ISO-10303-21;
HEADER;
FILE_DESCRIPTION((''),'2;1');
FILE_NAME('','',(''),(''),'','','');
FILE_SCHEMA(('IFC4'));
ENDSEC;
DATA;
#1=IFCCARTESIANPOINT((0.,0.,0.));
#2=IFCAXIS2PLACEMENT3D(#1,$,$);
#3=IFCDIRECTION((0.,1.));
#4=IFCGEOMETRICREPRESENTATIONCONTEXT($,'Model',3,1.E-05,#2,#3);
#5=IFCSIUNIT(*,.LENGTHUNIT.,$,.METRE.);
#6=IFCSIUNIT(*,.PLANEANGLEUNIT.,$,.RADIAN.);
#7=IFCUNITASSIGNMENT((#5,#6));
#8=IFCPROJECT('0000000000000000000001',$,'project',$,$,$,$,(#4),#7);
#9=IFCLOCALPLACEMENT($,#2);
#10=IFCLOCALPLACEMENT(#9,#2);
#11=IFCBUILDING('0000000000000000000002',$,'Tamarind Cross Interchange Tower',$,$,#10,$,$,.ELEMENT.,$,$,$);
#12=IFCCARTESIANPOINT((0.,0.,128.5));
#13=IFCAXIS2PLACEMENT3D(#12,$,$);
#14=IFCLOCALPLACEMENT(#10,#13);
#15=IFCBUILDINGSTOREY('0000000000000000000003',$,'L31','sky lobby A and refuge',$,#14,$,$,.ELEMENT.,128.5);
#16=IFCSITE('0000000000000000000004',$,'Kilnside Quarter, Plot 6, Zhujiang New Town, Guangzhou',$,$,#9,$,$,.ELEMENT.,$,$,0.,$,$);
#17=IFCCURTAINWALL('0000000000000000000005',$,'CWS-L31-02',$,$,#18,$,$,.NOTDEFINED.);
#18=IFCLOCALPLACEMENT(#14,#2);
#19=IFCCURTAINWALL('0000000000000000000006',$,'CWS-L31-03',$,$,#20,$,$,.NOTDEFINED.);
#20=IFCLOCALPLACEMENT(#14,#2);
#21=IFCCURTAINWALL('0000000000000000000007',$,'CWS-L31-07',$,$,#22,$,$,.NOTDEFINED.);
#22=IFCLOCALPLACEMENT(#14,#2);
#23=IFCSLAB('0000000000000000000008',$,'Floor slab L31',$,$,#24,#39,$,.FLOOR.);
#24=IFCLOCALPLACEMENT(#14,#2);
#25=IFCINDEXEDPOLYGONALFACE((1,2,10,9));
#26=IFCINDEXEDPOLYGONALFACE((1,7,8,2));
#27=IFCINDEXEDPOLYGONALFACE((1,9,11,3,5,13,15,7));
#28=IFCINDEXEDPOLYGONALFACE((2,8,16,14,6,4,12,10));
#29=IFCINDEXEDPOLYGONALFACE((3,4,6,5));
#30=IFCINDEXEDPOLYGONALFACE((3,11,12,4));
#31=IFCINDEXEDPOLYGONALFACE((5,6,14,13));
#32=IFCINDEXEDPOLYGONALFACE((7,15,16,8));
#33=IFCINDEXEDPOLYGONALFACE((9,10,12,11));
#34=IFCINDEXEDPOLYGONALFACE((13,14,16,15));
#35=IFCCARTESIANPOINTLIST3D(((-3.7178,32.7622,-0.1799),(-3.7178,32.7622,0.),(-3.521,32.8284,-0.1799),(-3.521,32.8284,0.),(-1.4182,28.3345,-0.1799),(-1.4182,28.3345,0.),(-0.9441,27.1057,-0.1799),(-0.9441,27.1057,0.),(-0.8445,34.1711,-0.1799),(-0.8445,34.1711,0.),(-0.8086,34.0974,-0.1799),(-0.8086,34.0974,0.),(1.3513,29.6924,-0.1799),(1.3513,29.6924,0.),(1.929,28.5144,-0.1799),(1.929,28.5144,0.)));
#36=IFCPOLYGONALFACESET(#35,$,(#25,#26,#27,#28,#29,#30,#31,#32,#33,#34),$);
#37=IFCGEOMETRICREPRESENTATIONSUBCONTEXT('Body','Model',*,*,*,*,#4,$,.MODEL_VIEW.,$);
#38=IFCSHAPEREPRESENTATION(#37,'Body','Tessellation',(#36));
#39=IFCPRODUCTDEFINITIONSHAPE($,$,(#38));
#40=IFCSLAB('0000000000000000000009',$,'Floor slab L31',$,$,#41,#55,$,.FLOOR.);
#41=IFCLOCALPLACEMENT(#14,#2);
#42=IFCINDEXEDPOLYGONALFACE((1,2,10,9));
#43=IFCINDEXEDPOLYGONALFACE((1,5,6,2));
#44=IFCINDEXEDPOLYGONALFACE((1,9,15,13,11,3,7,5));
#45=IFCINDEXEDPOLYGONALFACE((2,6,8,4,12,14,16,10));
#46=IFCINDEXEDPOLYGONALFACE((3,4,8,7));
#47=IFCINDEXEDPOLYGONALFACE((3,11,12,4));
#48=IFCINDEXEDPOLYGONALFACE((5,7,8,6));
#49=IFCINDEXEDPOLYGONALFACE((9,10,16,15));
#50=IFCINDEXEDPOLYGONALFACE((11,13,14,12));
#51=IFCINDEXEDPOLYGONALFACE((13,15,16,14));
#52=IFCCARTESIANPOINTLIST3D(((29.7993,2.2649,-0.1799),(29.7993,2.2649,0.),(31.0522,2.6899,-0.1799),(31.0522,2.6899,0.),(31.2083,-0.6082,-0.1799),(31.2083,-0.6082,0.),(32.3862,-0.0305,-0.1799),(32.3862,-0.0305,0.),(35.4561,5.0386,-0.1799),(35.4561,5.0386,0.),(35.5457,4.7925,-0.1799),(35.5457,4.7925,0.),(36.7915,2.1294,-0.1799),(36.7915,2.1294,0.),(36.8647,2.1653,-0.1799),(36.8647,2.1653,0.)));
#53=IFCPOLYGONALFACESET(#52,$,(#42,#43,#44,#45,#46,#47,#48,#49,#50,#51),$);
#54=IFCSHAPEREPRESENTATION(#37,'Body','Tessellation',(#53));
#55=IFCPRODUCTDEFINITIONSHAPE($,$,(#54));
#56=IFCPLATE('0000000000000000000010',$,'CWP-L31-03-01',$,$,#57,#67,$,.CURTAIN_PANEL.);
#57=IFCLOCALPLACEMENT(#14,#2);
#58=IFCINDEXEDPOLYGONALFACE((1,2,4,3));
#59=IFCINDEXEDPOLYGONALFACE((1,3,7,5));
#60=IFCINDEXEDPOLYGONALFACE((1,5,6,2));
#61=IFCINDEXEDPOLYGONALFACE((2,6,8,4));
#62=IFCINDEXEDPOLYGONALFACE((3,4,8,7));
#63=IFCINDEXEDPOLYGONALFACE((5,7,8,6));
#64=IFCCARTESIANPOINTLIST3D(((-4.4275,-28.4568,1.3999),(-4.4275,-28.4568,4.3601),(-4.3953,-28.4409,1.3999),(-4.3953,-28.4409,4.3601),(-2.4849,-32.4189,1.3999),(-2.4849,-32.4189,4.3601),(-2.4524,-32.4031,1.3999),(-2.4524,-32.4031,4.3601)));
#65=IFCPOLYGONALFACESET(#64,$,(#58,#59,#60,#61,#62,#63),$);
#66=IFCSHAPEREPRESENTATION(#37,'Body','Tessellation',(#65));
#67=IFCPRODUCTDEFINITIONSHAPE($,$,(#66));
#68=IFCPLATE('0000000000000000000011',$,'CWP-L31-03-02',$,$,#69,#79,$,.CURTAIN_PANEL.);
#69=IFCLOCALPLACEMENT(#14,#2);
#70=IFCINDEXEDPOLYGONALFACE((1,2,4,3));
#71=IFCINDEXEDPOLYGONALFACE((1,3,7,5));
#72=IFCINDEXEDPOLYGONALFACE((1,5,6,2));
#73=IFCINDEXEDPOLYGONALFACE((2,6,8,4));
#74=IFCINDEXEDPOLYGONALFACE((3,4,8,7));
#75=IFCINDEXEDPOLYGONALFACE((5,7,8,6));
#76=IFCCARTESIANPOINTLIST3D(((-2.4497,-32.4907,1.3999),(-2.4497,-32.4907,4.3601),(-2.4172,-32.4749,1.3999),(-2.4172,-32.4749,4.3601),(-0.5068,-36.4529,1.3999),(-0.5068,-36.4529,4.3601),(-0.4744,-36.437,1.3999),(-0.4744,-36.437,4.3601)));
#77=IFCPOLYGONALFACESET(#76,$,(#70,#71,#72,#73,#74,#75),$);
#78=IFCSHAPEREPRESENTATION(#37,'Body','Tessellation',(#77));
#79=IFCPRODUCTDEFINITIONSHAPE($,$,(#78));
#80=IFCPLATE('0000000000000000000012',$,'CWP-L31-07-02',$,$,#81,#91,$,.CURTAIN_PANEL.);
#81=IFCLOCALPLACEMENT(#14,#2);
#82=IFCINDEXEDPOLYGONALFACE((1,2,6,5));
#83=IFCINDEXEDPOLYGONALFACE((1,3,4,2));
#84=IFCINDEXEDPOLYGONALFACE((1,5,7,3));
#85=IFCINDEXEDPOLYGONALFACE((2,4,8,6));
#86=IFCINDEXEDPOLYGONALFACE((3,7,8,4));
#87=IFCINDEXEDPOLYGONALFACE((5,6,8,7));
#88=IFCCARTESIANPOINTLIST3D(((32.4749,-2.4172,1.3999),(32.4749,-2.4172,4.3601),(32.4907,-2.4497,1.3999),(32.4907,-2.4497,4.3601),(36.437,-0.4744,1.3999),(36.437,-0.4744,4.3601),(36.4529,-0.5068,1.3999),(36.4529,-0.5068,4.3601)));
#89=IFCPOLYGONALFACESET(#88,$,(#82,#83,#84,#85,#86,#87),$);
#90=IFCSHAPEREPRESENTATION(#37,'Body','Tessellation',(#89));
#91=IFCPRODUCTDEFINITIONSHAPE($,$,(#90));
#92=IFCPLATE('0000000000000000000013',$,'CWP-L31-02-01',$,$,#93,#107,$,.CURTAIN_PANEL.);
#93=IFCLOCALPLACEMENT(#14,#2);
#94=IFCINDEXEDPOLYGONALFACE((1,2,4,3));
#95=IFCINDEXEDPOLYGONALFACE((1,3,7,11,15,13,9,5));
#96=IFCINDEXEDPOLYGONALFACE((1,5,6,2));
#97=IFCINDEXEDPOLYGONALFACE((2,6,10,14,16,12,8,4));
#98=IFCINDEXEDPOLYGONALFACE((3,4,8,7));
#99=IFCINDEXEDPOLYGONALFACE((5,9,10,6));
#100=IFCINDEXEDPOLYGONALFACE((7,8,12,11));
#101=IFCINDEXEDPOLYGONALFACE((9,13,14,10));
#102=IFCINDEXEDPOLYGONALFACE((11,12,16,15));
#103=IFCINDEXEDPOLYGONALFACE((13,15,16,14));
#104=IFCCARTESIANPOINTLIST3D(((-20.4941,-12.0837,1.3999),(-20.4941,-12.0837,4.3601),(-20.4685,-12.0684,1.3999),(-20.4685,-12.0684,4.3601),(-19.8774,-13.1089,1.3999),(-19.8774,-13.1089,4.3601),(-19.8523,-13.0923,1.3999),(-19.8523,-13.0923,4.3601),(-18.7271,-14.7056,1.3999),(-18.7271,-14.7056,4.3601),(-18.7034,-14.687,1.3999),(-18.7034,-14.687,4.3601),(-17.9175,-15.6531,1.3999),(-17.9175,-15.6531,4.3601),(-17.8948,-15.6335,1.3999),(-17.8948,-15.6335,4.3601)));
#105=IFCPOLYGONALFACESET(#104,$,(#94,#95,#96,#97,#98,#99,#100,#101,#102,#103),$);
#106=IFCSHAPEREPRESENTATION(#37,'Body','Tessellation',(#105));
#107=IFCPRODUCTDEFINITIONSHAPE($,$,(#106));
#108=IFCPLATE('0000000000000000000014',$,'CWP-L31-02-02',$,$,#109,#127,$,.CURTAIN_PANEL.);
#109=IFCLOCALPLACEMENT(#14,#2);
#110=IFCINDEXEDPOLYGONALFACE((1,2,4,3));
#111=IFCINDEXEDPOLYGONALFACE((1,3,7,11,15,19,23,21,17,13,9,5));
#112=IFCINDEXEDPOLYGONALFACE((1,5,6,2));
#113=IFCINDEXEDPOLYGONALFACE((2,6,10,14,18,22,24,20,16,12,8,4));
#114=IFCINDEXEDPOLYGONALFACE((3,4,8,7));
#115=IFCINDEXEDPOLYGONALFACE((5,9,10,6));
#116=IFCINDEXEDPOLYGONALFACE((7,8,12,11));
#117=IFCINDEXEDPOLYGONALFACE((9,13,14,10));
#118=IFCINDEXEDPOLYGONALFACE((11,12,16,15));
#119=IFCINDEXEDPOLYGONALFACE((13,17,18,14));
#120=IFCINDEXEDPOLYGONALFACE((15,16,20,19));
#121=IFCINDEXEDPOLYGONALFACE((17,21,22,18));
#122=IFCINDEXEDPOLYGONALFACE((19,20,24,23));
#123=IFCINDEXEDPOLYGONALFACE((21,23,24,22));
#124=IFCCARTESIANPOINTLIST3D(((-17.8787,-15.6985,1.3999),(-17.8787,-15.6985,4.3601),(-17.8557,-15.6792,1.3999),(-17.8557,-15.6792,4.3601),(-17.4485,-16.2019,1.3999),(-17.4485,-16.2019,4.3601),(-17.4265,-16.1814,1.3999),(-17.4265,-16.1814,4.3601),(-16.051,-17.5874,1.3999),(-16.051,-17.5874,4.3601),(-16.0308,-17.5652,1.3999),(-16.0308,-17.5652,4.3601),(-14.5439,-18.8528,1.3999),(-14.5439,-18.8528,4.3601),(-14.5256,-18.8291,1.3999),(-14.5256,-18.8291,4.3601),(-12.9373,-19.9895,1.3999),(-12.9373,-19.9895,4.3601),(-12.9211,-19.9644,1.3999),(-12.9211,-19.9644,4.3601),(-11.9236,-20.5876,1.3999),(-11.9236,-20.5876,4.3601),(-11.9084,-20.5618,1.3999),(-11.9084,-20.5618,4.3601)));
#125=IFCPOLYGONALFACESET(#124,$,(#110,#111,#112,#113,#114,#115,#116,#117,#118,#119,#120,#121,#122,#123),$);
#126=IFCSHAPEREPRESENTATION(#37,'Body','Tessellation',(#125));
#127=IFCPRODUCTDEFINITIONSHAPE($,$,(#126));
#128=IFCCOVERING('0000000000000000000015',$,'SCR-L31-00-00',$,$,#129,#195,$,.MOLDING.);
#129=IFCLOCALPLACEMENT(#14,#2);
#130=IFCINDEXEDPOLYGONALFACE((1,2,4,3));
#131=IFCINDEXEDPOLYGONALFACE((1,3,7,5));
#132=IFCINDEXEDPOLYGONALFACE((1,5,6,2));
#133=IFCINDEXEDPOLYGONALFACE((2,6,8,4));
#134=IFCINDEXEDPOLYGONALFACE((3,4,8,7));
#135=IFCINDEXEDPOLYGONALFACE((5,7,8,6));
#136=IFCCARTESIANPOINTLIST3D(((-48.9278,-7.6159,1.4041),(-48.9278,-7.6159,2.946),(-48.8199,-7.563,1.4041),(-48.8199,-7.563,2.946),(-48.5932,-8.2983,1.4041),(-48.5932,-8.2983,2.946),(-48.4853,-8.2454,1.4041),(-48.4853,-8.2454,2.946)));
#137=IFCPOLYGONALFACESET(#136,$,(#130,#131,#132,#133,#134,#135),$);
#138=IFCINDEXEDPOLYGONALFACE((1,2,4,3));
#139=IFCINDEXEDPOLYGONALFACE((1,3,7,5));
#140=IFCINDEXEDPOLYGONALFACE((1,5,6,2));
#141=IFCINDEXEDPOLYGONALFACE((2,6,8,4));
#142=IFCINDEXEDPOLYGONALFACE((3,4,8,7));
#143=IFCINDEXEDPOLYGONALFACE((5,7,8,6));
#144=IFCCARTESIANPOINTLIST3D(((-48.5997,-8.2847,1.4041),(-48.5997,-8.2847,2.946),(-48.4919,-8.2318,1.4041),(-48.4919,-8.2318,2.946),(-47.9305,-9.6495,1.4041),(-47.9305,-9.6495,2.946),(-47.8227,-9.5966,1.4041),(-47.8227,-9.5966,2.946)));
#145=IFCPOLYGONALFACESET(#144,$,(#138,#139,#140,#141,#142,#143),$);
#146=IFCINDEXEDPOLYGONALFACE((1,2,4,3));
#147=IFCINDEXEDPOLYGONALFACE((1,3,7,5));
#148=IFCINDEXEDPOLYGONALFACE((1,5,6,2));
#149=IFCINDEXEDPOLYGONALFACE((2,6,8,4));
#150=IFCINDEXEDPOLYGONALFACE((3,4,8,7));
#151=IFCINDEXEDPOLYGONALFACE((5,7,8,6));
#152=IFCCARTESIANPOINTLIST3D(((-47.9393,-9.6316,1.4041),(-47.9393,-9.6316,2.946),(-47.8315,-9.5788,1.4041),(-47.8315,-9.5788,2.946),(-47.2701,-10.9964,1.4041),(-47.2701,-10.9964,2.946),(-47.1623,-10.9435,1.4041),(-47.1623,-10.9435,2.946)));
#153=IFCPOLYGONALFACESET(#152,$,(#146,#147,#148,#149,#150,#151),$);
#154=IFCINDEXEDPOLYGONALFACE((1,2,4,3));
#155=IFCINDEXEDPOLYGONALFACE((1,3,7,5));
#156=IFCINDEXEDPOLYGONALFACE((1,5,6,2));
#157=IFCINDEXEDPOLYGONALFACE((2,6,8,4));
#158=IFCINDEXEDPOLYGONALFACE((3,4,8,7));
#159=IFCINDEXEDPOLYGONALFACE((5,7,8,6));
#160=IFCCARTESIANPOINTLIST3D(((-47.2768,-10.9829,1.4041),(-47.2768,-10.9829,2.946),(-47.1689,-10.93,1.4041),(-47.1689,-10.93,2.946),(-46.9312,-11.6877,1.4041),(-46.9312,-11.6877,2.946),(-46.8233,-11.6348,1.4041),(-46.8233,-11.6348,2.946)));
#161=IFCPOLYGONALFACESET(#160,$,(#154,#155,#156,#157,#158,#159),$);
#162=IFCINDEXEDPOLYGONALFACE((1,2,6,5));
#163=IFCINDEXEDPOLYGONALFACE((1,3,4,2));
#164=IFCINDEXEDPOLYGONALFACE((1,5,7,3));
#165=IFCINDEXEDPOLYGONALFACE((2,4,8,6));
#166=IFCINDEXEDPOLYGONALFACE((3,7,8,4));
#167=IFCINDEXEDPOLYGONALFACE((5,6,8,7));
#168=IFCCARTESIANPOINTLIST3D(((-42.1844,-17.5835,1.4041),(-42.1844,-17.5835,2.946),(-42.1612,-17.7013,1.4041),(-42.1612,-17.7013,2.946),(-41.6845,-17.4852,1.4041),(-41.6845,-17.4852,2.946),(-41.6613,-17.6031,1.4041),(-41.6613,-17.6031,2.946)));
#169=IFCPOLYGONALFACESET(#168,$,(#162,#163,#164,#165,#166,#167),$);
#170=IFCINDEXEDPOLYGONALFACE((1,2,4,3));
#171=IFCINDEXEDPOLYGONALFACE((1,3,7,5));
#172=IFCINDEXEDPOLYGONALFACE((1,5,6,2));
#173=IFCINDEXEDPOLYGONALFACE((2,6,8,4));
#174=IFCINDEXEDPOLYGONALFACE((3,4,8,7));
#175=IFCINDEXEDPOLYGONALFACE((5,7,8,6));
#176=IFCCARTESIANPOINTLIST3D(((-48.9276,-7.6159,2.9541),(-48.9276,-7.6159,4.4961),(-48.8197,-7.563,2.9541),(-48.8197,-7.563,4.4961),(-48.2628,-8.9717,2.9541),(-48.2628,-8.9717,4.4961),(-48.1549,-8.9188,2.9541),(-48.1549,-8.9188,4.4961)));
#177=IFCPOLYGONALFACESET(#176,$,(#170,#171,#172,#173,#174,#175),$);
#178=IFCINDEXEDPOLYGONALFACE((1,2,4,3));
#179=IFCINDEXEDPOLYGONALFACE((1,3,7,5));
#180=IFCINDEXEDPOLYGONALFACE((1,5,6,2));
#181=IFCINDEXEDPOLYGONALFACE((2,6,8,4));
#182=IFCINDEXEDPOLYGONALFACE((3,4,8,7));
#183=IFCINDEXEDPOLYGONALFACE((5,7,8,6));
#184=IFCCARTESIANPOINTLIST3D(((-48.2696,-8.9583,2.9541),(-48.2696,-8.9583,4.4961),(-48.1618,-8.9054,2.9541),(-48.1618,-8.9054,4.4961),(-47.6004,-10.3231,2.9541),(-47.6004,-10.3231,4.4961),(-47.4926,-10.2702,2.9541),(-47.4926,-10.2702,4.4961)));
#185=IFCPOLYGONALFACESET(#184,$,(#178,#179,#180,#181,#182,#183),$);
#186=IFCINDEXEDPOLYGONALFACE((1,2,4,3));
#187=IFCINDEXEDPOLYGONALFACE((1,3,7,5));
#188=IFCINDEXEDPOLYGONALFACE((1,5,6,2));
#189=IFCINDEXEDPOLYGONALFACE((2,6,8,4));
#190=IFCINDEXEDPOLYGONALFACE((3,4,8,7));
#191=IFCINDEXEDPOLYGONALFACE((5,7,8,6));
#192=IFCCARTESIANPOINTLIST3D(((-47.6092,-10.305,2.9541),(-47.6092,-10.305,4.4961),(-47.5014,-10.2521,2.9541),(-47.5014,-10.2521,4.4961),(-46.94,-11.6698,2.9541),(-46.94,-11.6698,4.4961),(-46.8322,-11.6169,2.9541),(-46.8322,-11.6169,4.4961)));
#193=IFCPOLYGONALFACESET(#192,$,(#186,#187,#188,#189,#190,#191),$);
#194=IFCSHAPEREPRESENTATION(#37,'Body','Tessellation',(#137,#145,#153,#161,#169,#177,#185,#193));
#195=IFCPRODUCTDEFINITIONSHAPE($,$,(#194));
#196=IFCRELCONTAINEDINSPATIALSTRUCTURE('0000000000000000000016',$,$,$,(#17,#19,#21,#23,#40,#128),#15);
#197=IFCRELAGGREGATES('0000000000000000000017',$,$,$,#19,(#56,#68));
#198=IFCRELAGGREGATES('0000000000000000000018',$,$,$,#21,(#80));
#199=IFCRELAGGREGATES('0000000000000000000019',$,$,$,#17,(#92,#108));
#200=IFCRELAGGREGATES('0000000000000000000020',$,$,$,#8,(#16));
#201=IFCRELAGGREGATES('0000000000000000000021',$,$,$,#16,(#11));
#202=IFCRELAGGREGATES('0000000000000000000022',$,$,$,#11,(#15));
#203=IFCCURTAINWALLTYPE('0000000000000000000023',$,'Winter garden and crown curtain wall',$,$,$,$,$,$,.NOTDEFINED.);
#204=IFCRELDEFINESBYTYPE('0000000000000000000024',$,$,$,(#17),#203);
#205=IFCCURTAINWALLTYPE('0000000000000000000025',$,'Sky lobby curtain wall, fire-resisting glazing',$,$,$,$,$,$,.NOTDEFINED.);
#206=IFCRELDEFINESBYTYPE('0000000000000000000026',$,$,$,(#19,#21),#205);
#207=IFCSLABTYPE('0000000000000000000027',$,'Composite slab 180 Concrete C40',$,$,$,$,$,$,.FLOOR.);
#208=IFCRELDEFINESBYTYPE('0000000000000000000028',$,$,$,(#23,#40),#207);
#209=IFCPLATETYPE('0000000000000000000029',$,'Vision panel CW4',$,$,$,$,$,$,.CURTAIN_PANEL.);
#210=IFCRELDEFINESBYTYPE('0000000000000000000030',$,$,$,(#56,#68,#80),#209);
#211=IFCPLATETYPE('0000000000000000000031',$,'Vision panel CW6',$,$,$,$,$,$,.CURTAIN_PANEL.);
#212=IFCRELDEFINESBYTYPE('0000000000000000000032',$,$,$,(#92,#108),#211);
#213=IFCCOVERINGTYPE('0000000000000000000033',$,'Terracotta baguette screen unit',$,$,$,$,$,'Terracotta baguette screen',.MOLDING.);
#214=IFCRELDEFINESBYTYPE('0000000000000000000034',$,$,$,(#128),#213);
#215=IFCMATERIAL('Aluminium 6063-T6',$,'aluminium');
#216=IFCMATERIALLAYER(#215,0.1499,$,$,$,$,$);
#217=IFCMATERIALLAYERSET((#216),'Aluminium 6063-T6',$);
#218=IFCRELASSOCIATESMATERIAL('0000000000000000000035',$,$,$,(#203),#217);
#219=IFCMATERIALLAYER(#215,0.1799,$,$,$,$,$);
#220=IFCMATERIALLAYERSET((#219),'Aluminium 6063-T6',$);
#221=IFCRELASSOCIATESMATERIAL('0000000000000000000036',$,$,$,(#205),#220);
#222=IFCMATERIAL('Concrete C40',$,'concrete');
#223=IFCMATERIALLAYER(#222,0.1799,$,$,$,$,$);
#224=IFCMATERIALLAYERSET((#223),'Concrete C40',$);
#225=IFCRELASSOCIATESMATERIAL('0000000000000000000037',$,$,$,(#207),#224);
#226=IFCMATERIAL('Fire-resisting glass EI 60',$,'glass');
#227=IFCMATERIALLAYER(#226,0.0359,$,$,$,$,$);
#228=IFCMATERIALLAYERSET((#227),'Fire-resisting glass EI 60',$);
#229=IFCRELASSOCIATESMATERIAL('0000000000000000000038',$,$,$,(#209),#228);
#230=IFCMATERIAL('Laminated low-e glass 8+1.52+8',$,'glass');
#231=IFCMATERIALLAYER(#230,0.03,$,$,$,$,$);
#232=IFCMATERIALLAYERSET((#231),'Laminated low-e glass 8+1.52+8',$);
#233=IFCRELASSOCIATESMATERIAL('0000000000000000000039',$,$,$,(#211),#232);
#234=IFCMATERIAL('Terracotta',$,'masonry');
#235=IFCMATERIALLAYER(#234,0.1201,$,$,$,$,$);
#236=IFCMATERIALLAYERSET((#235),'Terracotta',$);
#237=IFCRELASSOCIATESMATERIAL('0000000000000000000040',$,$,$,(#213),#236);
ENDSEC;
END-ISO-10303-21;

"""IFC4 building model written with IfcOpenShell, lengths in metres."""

from ifc_helpers import new_model, si_unit, direction, frame, origin, origin_2d, place, context, subcontext, project, spatial, polyline, rectangle, outline, extrude, material, layer, layer_set, type_object, element, aggregate, save


model = new_model("IFC4")

# Units and contexts
model_context = context("Model", 3, precision=1e-05, world=origin(), true_north=direction((0.0, 1.0)))
body_context = subcontext(model_context, "Body", "Model", "MODEL_VIEW")
ifc_project = project(units=[si_unit("LENGTHUNIT", "METRE"), si_unit("PLANEANGLEUNIT", "RADIAN")], contexts=[model_context])

# Site, building, storey
site_placement = place(None, origin())
site = spatial("IfcSite", under=ifc_project, at=site_placement, Name="Kilnside Quarter, Plot 6, Zhujiang New Town, Guangzhou", CompositionType="ELEMENT", RefElevation=0.0)
building_placement = place(site_placement, origin())
building = spatial("IfcBuilding", under=site, at=building_placement, Name="Tamarind Cross Interchange Tower", CompositionType="ELEMENT")
storey_placement = place(building_placement, frame((0.0, 0.0, 128.5)))
storey = spatial("IfcBuildingStorey", under=building, at=storey_placement, Name="L31", Description="sky lobby A and refuge", CompositionType="ELEMENT", Elevation=128.5)

# Curtain walls
ifc_material_1 = material(Name="Aluminium 6063-T6", Category="aluminium")
ifc_layer_1 = layer(ifc_material_1, 0.1499)
ifc_layer_set_1 = layer_set([ifc_layer_1], Name="Aluminium 6063-T6")
curtain_wall_type_1 = type_object("IfcCurtainWallType", Name="Winter garden and crown curtain wall", PredefinedType="NOTDEFINED", material=ifc_layer_set_1)
curtain_wall_1_placement = place(storey_placement, origin())
curtain_wall_1 = element("IfcCurtainWall", 1, at=curtain_wall_1_placement, inside=storey, type_object=curtain_wall_type_1, Name="CWS-L31-02", PredefinedType="NOTDEFINED")
ifc_layer_2 = layer(ifc_material_1, 0.1799)
ifc_layer_set_2 = layer_set([ifc_layer_2], Name="Aluminium 6063-T6")
curtain_wall_type_2 = type_object("IfcCurtainWallType", Name="Sky lobby curtain wall, fire-resisting glazing", PredefinedType="NOTDEFINED", material=ifc_layer_set_2)
curtain_wall_2_placement = place(storey_placement, origin())
curtain_wall_2 = element("IfcCurtainWall", 2, at=curtain_wall_2_placement, inside=storey, type_object=curtain_wall_type_2, Name="CWS-L31-03", PredefinedType="NOTDEFINED")
curtain_wall_3_placement = place(storey_placement, origin())
curtain_wall_3 = element("IfcCurtainWall", 3, at=curtain_wall_3_placement, inside=storey, type_object=curtain_wall_type_2, Name="CWS-L31-07", PredefinedType="NOTDEFINED")

# Slabs
ifc_material_2 = material(Name="Concrete C40", Category="concrete")
ifc_layer_3 = layer(ifc_material_2, 0.1799)
ifc_layer_set_3 = layer_set([ifc_layer_3], Name="Concrete C40")
slab_type = type_object("IfcSlabType", Name="Composite slab 180 Concrete C40", PredefinedType="FLOOR", material=ifc_layer_set_3)
slab_1_placement = place(storey_placement, frame((0.0, 0.0, -0.1799)))
element("IfcSlab", 4, at=slab_1_placement, inside=storey, type_object=slab_type, Name="Floor slab L31", PredefinedType="FLOOR", context=body_context, shape_type="SweptSolid", body=[
    extrude(outline(polyline([(-3.521, 32.8284), (-0.8086, 34.0974), (-0.8445, 34.1711), (-3.7178, 32.7622), (-0.9441, 27.1057), (1.929, 28.5144), (1.3513, 29.6924), (-1.4182, 28.3345), (-3.521, 32.8284)])), origin(), (0.0, 0.0, 1.0), 0.1799),
])
slab_2_placement = place(storey_placement, frame((0.0, 0.0, -0.1799)))
element("IfcSlab", 5, at=slab_2_placement, inside=storey, type_object=slab_type, Name="Floor slab L31", PredefinedType="FLOOR", context=body_context, shape_type="SweptSolid", body=[
    extrude(outline(polyline([(36.8647, 2.1653), (35.4561, 5.0386), (29.7993, 2.2649), (31.2083, -0.6082), (32.3862, -0.0305), (31.0522, 2.6899), (35.5457, 4.7925), (36.7915, 2.1294), (36.8647, 2.1653)])), origin(), (0.0, 0.0, 1.0), 0.1799),
])

# Plates
ifc_material_3 = material(Name="Fire-resisting glass EI 60", Category="glass")
ifc_layer_4 = layer(ifc_material_3, 0.0359)
ifc_layer_set_4 = layer_set([ifc_layer_4], Name="Fire-resisting glass EI 60")
plate_type_1 = type_object("IfcPlateType", Name="Vision panel CW4", PredefinedType="CURTAIN_PANEL", material=ifc_layer_set_4)
plate_1_placement = place(storey_placement, frame((0.0, 0.0, 1.3999)))
plate_1 = element("IfcPlate", 6, at=plate_1_placement, type_object=plate_type_1, Name="CWP-L31-03-01", PredefinedType="CURTAIN_PANEL", context=body_context, shape_type="SweptSolid", body=[
    extrude(outline(polyline([(-4.3953, -28.4409), (-2.4524, -32.4031), (-2.4849, -32.4189), (-4.4275, -28.4568), (-4.3953, -28.4409)])), origin(), (0.0, 0.0, 1.0), 2.9602),
])
plate_2_placement = place(storey_placement, frame((0.0, 0.0, 1.3999)))
plate_2 = element("IfcPlate", 7, at=plate_2_placement, type_object=plate_type_1, Name="CWP-L31-03-02", PredefinedType="CURTAIN_PANEL", context=body_context, shape_type="SweptSolid", body=[
    extrude(outline(polyline([(-2.4172, -32.4749), (-0.4744, -36.437), (-0.5068, -36.4529), (-2.4497, -32.4907), (-2.4172, -32.4749)])), origin(), (0.0, 0.0, 1.0), 2.9602),
])
aggregate(curtain_wall_2, [plate_1, plate_2])
plate_3_placement = place(storey_placement, frame((0.0, 0.0, 1.3999)))
plate_3 = element("IfcPlate", 8, at=plate_3_placement, type_object=plate_type_1, Name="CWP-L31-07-02", PredefinedType="CURTAIN_PANEL", context=body_context, shape_type="SweptSolid", body=[
    extrude(outline(polyline([(32.4749, -2.4172), (36.437, -0.4744), (36.4529, -0.5068), (32.4907, -2.4497), (32.4749, -2.4172)])), origin(), (0.0, 0.0, 1.0), 2.9602),
])
aggregate(curtain_wall_3, [plate_3])
ifc_material_4 = material(Name="Laminated low-e glass 8+1.52+8", Category="glass")
ifc_layer_5 = layer(ifc_material_4, 0.03)
ifc_layer_set_5 = layer_set([ifc_layer_5], Name="Laminated low-e glass 8+1.52+8")
plate_type_2 = type_object("IfcPlateType", Name="Vision panel CW6", PredefinedType="CURTAIN_PANEL", material=ifc_layer_set_5)
plate_4_placement = place(storey_placement, frame((0.0, 0.0, 1.3999)))
plate_4 = element("IfcPlate", 9, at=plate_4_placement, type_object=plate_type_2, Name="CWP-L31-02-01", PredefinedType="CURTAIN_PANEL", context=body_context, shape_type="SweptSolid", body=[
    extrude(outline(polyline([(-20.4685, -12.0684), (-19.8523, -13.0923), (-18.7034, -14.687), (-17.8948, -15.6335), (-17.9175, -15.6531), (-18.7271, -14.7056), (-19.8774, -13.1089), (-20.4941, -12.0837), (-20.4685, -12.0684)])), origin(), (0.0, 0.0, 1.0), 2.9602),
])
plate_5_placement = place(storey_placement, frame((0.0, 0.0, 1.3999)))
plate_5 = element("IfcPlate", 10, at=plate_5_placement, type_object=plate_type_2, Name="CWP-L31-02-02", PredefinedType="CURTAIN_PANEL", context=body_context, shape_type="SweptSolid", body=[
    extrude(outline(polyline([(-17.8557, -15.6792), (-17.4265, -16.1814), (-16.0308, -17.5652), (-14.5256, -18.8291), (-12.9211, -19.9644), (-11.9084, -20.5618), (-11.9236, -20.5876), (-12.9373, -19.9895), (-14.5439, -18.8528), (-16.051, -17.5874), (-17.4485, -16.2019), (-17.8787, -15.6985), (-17.8557, -15.6792)])), origin(), (0.0, 0.0, 1.0), 2.9602),
])
aggregate(curtain_wall_1, [plate_4, plate_5])

# Covering
ifc_material_5 = material(Name="Terracotta", Category="masonry")
ifc_layer_6 = layer(ifc_material_5, 0.1201)
ifc_layer_set_6 = layer_set([ifc_layer_6], Name="Terracotta")
covering_type = type_object("IfcCoveringType", Name="Terracotta baguette screen unit", ElementType="Terracotta baguette screen", PredefinedType="MOLDING", material=ifc_layer_set_6)
covering_1_placement = place(storey_placement, origin())
element("IfcCovering", 11, at=covering_1_placement, inside=storey, type_object=covering_type, Name="SCR-L31-00-00", PredefinedType="MOLDING", context=body_context, shape_type="SweptSolid", body=[
    extrude(rectangle(XDim=0.76, YDim=0.1201, at=origin_2d()), frame((-48.7065, -7.9307, 1.4041), z_axis=(0.0, 0.0, 1.0), x_axis=(0.440253, -0.897874, 0.0)), (0.0, 0.0, 1.0), 1.542),
    extrude(rectangle(XDim=1.52, YDim=0.1201, at=origin_2d()), frame((-48.2112, -8.9407, 1.4041), z_axis=(0.0, 0.0, 1.0), x_axis=(0.440253, -0.897874, 0.0)), (0.0, 0.0, 1.0), 1.542),
    extrude(rectangle(XDim=1.52, YDim=0.1201, at=origin_2d()), frame((-47.5508, -10.2876, 1.4041), z_axis=(0.0, 0.0, 1.0), x_axis=(0.440253, -0.897874, 0.0)), (0.0, 0.0, 1.0), 1.542),
    extrude(rectangle(XDim=0.7849, YDim=0.1201, at=origin_2d()), frame((-47.05, -11.3088, 1.4041), z_axis=(0.0, 0.0, 1.0), x_axis=(0.440253, -0.897874, 0.0)), (0.0, 0.0, 1.0), 1.542),
    extrude(rectangle(XDim=0.5095, YDim=0.1201, at=origin_2d()), frame((-41.9229, -17.5933, 1.4041), z_axis=(0.0, 0.0, 1.0), x_axis=(0.981225, 0.192864, 0.0)), (0.0, 0.0, 1.0), 1.542),
    extrude(rectangle(XDim=1.51, YDim=0.1201, at=origin_2d()), frame((-48.5413, -8.2673, 2.9541), z_axis=(0.0, 0.0, 1.0), x_axis=(0.440253, -0.897874, 0.0)), (0.0, 0.0, 1.0), 1.542),
    extrude(rectangle(XDim=1.52, YDim=0.1201, at=origin_2d()), frame((-47.8811, -9.6143, 2.9541), z_axis=(0.0, 0.0, 1.0), x_axis=(0.440253, -0.897874, 0.0)), (0.0, 0.0, 1.0), 1.542),
    extrude(rectangle(XDim=1.52, YDim=0.1201, at=origin_2d()), frame((-47.2207, -10.9609, 2.9541), z_axis=(0.0, 0.0, 1.0), x_axis=(0.440253, -0.897874, 0.0)), (0.0, 0.0, 1.0), 1.542),
])

save(model, "model.ifc")
